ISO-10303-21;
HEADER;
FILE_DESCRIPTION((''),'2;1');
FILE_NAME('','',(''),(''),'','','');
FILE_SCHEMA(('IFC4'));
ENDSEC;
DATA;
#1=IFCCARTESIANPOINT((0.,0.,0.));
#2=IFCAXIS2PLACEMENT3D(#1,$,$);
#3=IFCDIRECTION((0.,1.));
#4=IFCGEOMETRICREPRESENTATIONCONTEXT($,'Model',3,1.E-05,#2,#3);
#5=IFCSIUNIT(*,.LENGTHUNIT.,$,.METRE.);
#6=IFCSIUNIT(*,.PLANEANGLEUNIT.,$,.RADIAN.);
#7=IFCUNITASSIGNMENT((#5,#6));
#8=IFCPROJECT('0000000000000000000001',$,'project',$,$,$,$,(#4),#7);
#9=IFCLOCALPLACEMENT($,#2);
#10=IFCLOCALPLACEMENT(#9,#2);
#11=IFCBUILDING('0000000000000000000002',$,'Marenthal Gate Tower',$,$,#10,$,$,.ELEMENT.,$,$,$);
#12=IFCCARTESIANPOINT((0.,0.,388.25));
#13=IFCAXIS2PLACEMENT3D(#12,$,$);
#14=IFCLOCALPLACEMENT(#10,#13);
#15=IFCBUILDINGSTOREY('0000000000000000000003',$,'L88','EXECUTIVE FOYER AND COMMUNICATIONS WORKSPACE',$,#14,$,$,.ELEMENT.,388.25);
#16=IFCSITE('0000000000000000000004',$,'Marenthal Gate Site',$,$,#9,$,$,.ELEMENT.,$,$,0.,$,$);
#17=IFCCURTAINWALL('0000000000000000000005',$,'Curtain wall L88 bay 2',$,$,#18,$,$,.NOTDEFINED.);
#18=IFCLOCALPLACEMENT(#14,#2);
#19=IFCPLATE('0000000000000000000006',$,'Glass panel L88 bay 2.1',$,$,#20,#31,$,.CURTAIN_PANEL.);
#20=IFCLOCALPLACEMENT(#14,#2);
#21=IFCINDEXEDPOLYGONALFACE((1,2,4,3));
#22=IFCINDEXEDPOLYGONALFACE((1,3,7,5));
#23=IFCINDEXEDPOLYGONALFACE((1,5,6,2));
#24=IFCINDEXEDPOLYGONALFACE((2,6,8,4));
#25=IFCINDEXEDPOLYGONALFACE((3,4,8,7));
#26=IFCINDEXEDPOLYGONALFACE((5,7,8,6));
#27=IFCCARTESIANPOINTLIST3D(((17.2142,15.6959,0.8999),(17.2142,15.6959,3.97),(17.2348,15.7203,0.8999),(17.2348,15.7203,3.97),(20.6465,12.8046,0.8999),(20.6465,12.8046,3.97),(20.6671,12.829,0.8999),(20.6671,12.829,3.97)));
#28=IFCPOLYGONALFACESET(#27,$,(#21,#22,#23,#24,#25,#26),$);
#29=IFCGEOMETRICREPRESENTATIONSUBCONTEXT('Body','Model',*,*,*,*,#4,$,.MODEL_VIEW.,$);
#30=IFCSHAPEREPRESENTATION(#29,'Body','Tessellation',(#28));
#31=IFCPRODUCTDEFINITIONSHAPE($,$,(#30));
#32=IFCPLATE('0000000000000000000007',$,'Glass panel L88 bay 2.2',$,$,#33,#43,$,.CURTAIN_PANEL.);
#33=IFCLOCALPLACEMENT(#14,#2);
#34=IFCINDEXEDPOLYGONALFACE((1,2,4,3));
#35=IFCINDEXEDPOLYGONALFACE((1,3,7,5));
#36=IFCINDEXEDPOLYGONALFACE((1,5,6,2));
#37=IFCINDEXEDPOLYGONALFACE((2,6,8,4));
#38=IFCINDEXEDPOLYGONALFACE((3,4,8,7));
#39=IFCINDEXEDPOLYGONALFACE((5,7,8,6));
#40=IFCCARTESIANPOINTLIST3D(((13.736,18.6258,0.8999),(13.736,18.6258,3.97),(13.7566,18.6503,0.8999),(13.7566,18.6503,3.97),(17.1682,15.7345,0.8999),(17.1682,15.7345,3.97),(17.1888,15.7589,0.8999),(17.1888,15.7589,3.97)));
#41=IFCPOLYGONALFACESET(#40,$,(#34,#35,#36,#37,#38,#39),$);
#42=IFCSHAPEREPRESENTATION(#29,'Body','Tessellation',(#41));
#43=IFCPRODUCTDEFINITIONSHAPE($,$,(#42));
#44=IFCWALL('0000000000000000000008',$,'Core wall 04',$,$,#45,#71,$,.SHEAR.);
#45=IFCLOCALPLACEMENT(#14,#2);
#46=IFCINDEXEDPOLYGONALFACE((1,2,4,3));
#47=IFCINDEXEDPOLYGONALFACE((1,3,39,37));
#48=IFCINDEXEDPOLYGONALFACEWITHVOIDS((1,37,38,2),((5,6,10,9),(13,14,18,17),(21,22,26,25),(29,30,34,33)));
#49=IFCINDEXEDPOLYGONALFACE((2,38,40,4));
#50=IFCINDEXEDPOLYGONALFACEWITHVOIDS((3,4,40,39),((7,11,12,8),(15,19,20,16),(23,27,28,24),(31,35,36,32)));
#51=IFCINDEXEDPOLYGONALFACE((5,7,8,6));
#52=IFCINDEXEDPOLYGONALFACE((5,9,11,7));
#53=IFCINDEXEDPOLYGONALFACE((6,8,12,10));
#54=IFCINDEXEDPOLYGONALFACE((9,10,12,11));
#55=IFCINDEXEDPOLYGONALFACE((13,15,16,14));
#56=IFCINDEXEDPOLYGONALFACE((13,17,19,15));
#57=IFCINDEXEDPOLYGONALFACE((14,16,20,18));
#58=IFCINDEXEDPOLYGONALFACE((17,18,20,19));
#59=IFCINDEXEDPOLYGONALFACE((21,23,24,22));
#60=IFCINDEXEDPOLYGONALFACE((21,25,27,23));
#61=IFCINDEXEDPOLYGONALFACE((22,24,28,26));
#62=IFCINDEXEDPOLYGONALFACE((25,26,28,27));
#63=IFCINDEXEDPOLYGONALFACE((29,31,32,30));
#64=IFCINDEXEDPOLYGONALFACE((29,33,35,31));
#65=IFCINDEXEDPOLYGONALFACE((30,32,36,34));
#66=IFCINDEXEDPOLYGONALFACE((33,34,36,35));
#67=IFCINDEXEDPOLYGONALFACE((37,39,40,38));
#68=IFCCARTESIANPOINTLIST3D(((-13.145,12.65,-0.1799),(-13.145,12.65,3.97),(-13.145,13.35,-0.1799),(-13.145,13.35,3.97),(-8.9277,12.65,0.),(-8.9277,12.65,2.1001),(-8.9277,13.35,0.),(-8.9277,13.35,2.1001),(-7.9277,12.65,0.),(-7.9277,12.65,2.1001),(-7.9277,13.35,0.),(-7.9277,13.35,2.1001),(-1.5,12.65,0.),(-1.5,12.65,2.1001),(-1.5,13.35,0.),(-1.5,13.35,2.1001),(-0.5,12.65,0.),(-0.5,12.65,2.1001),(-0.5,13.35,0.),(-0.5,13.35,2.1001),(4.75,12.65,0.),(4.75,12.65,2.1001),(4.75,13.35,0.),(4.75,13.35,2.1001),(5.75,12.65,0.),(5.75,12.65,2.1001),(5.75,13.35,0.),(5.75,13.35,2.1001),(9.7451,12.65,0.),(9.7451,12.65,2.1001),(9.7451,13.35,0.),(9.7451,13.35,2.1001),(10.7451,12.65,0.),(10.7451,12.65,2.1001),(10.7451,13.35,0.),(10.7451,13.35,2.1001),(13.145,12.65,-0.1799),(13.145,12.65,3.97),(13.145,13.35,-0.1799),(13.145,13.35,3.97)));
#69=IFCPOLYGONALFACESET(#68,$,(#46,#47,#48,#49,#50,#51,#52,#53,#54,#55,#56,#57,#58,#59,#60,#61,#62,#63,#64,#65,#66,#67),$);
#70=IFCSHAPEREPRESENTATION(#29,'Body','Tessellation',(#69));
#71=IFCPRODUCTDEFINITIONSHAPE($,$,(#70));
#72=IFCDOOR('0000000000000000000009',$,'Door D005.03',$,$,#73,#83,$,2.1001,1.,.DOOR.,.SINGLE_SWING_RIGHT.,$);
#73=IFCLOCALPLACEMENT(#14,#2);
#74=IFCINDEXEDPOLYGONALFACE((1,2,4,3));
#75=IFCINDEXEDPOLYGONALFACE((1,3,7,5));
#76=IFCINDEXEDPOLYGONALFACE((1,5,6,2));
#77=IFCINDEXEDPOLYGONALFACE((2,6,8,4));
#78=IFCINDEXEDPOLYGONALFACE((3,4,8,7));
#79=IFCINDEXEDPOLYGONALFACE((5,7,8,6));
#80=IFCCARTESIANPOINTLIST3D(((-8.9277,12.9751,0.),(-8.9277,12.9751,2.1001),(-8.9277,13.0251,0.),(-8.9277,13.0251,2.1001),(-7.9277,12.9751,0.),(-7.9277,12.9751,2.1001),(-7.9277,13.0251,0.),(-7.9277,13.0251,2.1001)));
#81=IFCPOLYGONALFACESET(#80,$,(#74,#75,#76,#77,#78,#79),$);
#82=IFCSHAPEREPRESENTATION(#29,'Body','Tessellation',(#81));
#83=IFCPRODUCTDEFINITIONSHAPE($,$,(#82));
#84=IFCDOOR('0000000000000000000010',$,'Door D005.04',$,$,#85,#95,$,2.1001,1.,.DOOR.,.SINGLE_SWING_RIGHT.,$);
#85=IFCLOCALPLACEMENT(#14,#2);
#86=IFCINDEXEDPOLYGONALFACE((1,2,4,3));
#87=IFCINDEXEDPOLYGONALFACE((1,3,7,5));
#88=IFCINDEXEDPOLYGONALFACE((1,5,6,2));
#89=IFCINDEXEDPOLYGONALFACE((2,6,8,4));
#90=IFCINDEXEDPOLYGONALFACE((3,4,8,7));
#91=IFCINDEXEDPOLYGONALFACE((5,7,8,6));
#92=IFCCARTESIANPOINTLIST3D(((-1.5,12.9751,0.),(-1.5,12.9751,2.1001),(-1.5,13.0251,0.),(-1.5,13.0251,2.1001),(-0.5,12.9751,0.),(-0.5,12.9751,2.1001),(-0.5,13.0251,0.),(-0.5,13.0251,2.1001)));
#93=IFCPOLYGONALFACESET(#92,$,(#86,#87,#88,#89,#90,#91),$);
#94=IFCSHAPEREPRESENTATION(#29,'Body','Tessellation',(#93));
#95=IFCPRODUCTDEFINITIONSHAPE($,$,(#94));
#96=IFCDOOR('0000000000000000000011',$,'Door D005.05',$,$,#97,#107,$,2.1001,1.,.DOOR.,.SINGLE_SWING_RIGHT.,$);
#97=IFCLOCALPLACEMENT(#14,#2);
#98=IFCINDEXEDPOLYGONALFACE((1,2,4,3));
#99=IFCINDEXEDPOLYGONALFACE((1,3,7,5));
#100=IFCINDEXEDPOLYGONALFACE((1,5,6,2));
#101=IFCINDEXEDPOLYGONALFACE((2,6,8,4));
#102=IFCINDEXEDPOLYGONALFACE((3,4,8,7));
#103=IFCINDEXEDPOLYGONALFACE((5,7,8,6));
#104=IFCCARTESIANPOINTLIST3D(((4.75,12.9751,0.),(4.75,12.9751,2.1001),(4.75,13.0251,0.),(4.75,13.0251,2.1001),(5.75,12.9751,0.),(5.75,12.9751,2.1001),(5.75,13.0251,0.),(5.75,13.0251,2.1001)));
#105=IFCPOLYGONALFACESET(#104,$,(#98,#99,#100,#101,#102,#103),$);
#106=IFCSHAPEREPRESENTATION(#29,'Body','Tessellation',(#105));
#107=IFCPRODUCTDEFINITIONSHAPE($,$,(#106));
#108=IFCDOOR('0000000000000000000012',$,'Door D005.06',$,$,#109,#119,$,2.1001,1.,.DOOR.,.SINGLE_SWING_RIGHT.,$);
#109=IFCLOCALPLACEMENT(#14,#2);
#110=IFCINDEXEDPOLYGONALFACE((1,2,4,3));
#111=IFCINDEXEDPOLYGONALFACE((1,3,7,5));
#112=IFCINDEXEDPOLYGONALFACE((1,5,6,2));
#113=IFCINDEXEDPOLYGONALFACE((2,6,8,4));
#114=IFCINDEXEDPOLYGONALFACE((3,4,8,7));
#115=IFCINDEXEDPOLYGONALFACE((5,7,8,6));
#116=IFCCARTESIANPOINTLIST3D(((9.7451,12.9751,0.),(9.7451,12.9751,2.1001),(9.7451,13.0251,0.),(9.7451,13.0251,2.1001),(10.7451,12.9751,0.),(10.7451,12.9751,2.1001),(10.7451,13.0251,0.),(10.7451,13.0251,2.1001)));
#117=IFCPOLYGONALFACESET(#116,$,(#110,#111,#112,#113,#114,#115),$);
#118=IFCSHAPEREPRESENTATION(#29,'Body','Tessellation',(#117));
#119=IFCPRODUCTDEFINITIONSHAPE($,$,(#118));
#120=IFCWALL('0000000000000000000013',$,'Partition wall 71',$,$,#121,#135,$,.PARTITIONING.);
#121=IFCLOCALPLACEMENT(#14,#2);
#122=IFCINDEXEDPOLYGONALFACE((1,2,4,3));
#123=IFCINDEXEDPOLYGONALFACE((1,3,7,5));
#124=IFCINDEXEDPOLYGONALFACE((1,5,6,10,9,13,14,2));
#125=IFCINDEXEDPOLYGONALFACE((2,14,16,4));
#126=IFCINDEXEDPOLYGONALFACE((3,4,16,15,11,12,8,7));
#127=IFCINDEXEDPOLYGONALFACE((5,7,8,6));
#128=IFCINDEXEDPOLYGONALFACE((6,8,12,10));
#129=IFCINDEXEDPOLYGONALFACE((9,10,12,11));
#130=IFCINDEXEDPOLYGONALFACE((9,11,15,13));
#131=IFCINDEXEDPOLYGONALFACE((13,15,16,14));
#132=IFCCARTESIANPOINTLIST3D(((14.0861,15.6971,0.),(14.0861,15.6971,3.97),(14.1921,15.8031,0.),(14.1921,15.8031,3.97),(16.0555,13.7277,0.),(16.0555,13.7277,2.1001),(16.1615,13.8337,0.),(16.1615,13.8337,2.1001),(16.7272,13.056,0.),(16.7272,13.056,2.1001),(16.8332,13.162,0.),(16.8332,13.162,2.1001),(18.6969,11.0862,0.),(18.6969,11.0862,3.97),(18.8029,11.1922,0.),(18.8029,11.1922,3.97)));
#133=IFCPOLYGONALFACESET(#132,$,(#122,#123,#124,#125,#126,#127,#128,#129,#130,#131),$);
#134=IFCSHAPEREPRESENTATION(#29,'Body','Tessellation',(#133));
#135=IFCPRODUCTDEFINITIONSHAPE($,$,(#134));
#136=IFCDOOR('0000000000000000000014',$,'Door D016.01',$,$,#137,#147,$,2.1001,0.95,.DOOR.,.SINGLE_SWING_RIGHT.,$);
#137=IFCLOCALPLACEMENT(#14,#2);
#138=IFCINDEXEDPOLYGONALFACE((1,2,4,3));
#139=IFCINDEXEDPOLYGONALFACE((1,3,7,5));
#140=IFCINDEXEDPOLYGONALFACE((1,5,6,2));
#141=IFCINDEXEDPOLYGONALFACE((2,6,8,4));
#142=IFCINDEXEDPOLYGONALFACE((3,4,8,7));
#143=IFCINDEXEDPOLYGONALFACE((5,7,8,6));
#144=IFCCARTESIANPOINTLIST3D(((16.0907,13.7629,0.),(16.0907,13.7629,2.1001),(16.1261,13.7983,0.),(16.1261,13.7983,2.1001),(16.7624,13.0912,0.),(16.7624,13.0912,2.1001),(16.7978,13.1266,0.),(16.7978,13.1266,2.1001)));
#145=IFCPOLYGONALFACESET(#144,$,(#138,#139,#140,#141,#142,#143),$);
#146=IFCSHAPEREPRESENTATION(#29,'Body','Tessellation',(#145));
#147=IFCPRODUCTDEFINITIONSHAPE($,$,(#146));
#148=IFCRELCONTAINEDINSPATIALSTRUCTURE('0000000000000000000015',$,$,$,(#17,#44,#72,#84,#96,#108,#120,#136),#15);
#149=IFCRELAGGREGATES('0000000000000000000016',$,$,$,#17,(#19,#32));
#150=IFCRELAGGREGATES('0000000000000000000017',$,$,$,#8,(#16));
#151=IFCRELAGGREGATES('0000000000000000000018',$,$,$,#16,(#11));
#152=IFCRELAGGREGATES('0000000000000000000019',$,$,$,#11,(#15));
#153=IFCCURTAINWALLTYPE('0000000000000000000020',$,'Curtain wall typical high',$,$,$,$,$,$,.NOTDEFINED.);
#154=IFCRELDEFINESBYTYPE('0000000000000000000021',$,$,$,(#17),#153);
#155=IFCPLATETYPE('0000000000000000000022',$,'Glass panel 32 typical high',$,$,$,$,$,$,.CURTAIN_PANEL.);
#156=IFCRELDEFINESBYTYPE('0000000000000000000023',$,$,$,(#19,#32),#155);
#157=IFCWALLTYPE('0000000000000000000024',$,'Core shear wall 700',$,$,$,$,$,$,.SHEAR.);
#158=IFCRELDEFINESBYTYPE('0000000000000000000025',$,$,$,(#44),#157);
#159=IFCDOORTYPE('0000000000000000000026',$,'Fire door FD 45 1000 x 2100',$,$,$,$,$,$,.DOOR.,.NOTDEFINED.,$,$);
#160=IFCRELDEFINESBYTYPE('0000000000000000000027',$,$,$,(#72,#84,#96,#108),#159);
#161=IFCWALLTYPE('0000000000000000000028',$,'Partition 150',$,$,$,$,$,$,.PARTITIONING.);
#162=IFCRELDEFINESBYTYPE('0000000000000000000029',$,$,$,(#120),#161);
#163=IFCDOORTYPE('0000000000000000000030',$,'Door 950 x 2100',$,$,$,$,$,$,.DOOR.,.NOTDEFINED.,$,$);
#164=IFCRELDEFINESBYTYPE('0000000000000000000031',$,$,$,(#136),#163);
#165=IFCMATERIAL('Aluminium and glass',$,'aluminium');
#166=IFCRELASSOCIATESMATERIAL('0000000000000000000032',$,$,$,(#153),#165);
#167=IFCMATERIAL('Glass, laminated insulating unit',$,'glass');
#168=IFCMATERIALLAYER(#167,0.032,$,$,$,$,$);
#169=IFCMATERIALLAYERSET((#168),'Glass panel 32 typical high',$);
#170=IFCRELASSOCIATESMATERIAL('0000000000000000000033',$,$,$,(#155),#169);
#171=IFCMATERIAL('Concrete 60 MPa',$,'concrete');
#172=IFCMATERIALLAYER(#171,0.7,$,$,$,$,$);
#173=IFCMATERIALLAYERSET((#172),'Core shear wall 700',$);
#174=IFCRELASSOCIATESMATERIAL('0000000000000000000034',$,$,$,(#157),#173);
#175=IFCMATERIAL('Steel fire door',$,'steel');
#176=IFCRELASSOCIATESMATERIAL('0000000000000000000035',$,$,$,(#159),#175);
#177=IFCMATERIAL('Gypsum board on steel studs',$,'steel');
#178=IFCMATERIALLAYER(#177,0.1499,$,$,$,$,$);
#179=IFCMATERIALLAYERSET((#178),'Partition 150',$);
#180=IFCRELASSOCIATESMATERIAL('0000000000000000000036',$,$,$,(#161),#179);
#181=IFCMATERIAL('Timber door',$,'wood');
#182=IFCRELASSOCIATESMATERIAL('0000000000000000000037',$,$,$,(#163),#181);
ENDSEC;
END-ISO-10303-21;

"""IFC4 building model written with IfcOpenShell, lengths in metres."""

from ifc_helpers import new_model, si_unit, direction, frame, frame_2d, origin, origin_2d, place, context, subcontext, project, spatial, rectangle, extrude, material, layer, layer_set, type_object, element, fill, aggregate, save


model = new_model("IFC4")

# Units and contexts
model_context = context("Model", 3, precision=1e-05, world=origin(), true_north=direction((0.0, 1.0)))
body_context = subcontext(model_context, "Body", "Model", "MODEL_VIEW")
ifc_project = project(units=[si_unit("LENGTHUNIT", "METRE"), si_unit("PLANEANGLEUNIT", "RADIAN")], contexts=[model_context])

# Site, building, storey
site_placement = place(None, origin())
site = spatial("IfcSite", under=ifc_project, at=site_placement, Name="Marenthal Gate Site", CompositionType="ELEMENT", RefElevation=0.0)
building_placement = place(site_placement, origin())
building = spatial("IfcBuilding", under=site, at=building_placement, Name="Marenthal Gate Tower", CompositionType="ELEMENT")
storey_placement = place(building_placement, frame((0.0, 0.0, 388.25)))
storey = spatial("IfcBuildingStorey", under=building, at=storey_placement, Name="L88", Description="EXECUTIVE FOYER AND COMMUNICATIONS WORKSPACE", CompositionType="ELEMENT", Elevation=388.25)

# Curtain wall
ifc_material_1 = material(Name="Aluminium and glass", Category="aluminium")
curtain_wall_type = type_object("IfcCurtainWallType", Name="Curtain wall typical high", PredefinedType="NOTDEFINED", material=ifc_material_1)
curtain_wall_placement = place(storey_placement, origin())
curtain_wall = element("IfcCurtainWall", 1, at=curtain_wall_placement, inside=storey, type_object=curtain_wall_type, Name="Curtain wall L88 bay 2", PredefinedType="NOTDEFINED")

# Plates
ifc_material_2 = material(Name="Glass, laminated insulating unit", Category="glass")
ifc_layer_1 = layer(ifc_material_2, 0.032)
ifc_layer_set_1 = layer_set([ifc_layer_1], Name="Glass panel 32 typical high")
plate_type = type_object("IfcPlateType", Name="Glass panel 32 typical high", PredefinedType="CURTAIN_PANEL", material=ifc_layer_set_1)
plate_1_placement = place(storey_placement, frame((18.9407, 14.2625, 0.8999), z_axis=(0.0, 0.0, 1.0), x_axis=(-0.764802, 0.644265, 0.0)))
plate_1 = element("IfcPlate", 2, at=plate_1_placement, type_object=plate_type, Name="Glass panel L88 bay 2.1", PredefinedType="CURTAIN_PANEL", context=body_context, shape_type="SweptSolid", body=[
    extrude(rectangle(XDim=4.4878, YDim=0.032, at=origin_2d()), origin(), (0.0, 0.0, 1.0), 3.0701),
])
plate_2_placement = place(storey_placement, frame((15.4624, 17.1924, 0.8999), z_axis=(0.0, 0.0, 1.0), x_axis=(-0.764802, 0.644265, 0.0)))
plate_2 = element("IfcPlate", 3, at=plate_2_placement, type_object=plate_type, Name="Glass panel L88 bay 2.2", PredefinedType="CURTAIN_PANEL", context=body_context, shape_type="SweptSolid", body=[
    extrude(rectangle(XDim=4.4878, YDim=0.032, at=origin_2d()), origin(), (0.0, 0.0, 1.0), 3.0701),
])
aggregate(curtain_wall, [plate_1, plate_2])

# Wall, openings, doors
ifc_material_3 = material(Name="Concrete 60 MPa", Category="concrete")
ifc_layer_2 = layer(ifc_material_3, 0.7)
ifc_layer_set_2 = layer_set([ifc_layer_2], Name="Core shear wall 700")
wall_type_1 = type_object("IfcWallType", Name="Core shear wall 700", PredefinedType="SHEAR", material=ifc_layer_set_2)
wall_1_placement = place(storey_placement, frame((13.145, 13.0, -0.1799), z_axis=(0.0, 0.0, 1.0), x_axis=(-1.0, 0.0, 0.0)))
wall_1 = element("IfcWall", 4, at=wall_1_placement, inside=storey, type_object=wall_type_1, Name="Core wall 04", PredefinedType="SHEAR", context=body_context, shape_type="SweptSolid", body=[
    extrude(rectangle(XDim=26.29, YDim=0.7, at=frame_2d((13.145, 0.0))), origin(), (0.0, 0.0, 1.0), 4.1499),
])
opening_1_placement = place(wall_1_placement, frame((21.0728, 0.0, 0.1799)))
opening_1 = element("IfcOpeningElement", 5, at=opening_1_placement, cuts=wall_1, PredefinedType="OPENING", context=body_context, shape_type="SweptSolid", body=[
    extrude(rectangle(XDim=1.0, YDim=2.1001, at=frame_2d((0.5, 1.05))), frame((0.0, 0.3599, 0.0), z_axis=(0.0, -1.0, 0.0), x_axis=(1.0, 0.0, 0.0)), (0.0, 0.0, 1.0), 0.72),
])
opening_2_placement = place(wall_1_placement, frame((13.645, 0.0, 0.1799)))
opening_2 = element("IfcOpeningElement", 6, at=opening_2_placement, cuts=wall_1, PredefinedType="OPENING", context=body_context, shape_type="SweptSolid", body=[
    extrude(rectangle(XDim=1.0, YDim=2.1001, at=frame_2d((0.5, 1.05))), frame((0.0, 0.3599, 0.0), z_axis=(0.0, -1.0, 0.0), x_axis=(1.0, 0.0, 0.0)), (0.0, 0.0, 1.0), 0.72),
])
opening_3_placement = place(wall_1_placement, frame((7.395, 0.0, 0.1799)))
opening_3 = element("IfcOpeningElement", 7, at=opening_3_placement, cuts=wall_1, PredefinedType="OPENING", context=body_context, shape_type="SweptSolid", body=[
    extrude(rectangle(XDim=1.0, YDim=2.1001, at=frame_2d((0.5, 1.05))), frame((0.0, 0.3599, 0.0), z_axis=(0.0, -1.0, 0.0), x_axis=(1.0, 0.0, 0.0)), (0.0, 0.0, 1.0), 0.72),
])
opening_4_placement = place(wall_1_placement, frame((2.3999, 0.0, 0.1799)))
opening_4 = element("IfcOpeningElement", 8, at=opening_4_placement, cuts=wall_1, PredefinedType="OPENING", context=body_context, shape_type="SweptSolid", body=[
    extrude(rectangle(XDim=1.0, YDim=2.1001, at=frame_2d((0.5, 1.05))), frame((0.0, 0.3599, 0.0), z_axis=(0.0, -1.0, 0.0), x_axis=(1.0, 0.0, 0.0)), (0.0, 0.0, 1.0), 0.72),
])
ifc_material_4 = material(Name="Steel fire door", Category="steel")
door_type_1 = type_object("IfcDoorType", Name="Fire door FD 45 1000 x 2100", OperationType="NOTDEFINED", PredefinedType="DOOR", material=ifc_material_4)
door_1_placement = place(opening_1_placement, origin())
door_1 = element("IfcDoor", 9, at=door_1_placement, inside=storey, type_object=door_type_1, Name="Door D005.03", OperationType="SINGLE_SWING_RIGHT", OverallHeight=2.1001, OverallWidth=1.0, PredefinedType="DOOR", context=body_context, shape_type="SweptSolid", body=[
    extrude(rectangle(XDim=1.0, YDim=2.1001, at=frame_2d((0.5, 1.05))), frame((0.0, 0.0249, 0.0), z_axis=(0.0, -1.0, 0.0), x_axis=(1.0, 0.0, 0.0)), (0.0, 0.0, 1.0), 0.05),
])
fill(opening_1, door_1)
door_2_placement = place(opening_2_placement, origin())
door_2 = element("IfcDoor", 10, at=door_2_placement, inside=storey, type_object=door_type_1, Name="Door D005.04", OperationType="SINGLE_SWING_RIGHT", OverallHeight=2.1001, OverallWidth=1.0, PredefinedType="DOOR", context=body_context, shape_type="SweptSolid", body=[
    extrude(rectangle(XDim=1.0, YDim=2.1001, at=frame_2d((0.5, 1.05))), frame((0.0, 0.0249, 0.0), z_axis=(0.0, -1.0, 0.0), x_axis=(1.0, 0.0, 0.0)), (0.0, 0.0, 1.0), 0.05),
])
fill(opening_2, door_2)
door_3_placement = place(opening_3_placement, origin())
door_3 = element("IfcDoor", 11, at=door_3_placement, inside=storey, type_object=door_type_1, Name="Door D005.05", OperationType="SINGLE_SWING_RIGHT", OverallHeight=2.1001, OverallWidth=1.0, PredefinedType="DOOR", context=body_context, shape_type="SweptSolid", body=[
    extrude(rectangle(XDim=1.0, YDim=2.1001, at=frame_2d((0.5, 1.05))), frame((0.0, 0.0249, 0.0), z_axis=(0.0, -1.0, 0.0), x_axis=(1.0, 0.0, 0.0)), (0.0, 0.0, 1.0), 0.05),
])
fill(opening_3, door_3)
door_4_placement = place(opening_4_placement, origin())
door_4 = element("IfcDoor", 12, at=door_4_placement, inside=storey, type_object=door_type_1, Name="Door D005.06", OperationType="SINGLE_SWING_RIGHT", OverallHeight=2.1001, OverallWidth=1.0, PredefinedType="DOOR", context=body_context, shape_type="SweptSolid", body=[
    extrude(rectangle(XDim=1.0, YDim=2.1001, at=frame_2d((0.5, 1.05))), frame((0.0, 0.0249, 0.0), z_axis=(0.0, -1.0, 0.0), x_axis=(1.0, 0.0, 0.0)), (0.0, 0.0, 1.0), 0.05),
])
fill(opening_4, door_4)

# Wall, opening, door
ifc_material_5 = material(Name="Gypsum board on steel studs", Category="steel")
ifc_layer_3 = layer(ifc_material_5, 0.1499)
ifc_layer_set_3 = layer_set([ifc_layer_3], Name="Partition 150")
wall_type_2 = type_object("IfcWallType", Name="Partition 150", PredefinedType="PARTITIONING", material=ifc_layer_set_3)
wall_2_placement = place(storey_placement, frame((14.1392, 15.75, 0.0), z_axis=(0.0, 0.0, 1.0), x_axis=(0.707107, -0.707107, 0.0)))
wall_2 = element("IfcWall", 13, at=wall_2_placement, inside=storey, type_object=wall_type_2, Name="Partition wall 71", PredefinedType="PARTITIONING", context=body_context, shape_type="SweptSolid", body=[
    extrude(rectangle(XDim=6.5208, YDim=0.1499, at=frame_2d((3.2603, 0.0))), origin(), (0.0, 0.0, 1.0), 3.97),
])
opening_5_placement = place(wall_2_placement, frame((2.7849, 0.0, 0.0)))
opening_5 = element("IfcOpeningElement", 14, at=opening_5_placement, cuts=wall_2, PredefinedType="OPENING", context=body_context, shape_type="SweptSolid", body=[
    extrude(rectangle(XDim=0.95, YDim=2.1001, at=frame_2d((0.4751, 1.05))), frame((0.0, 0.085, 0.0), z_axis=(0.0, -1.0, 0.0), x_axis=(1.0, 0.0, 0.0)), (0.0, 0.0, 1.0), 0.1699),
])
ifc_material_6 = material(Name="Timber door", Category="wood")
door_type_2 = type_object("IfcDoorType", Name="Door 950 x 2100", OperationType="NOTDEFINED", PredefinedType="DOOR", material=ifc_material_6)
door_5_placement = place(opening_5_placement, origin())
door_5 = element("IfcDoor", 15, at=door_5_placement, inside=storey, type_object=door_type_2, Name="Door D016.01", OperationType="SINGLE_SWING_RIGHT", OverallHeight=2.1001, OverallWidth=0.95, PredefinedType="DOOR", context=body_context, shape_type="SweptSolid", body=[
    extrude(rectangle(XDim=0.95, YDim=2.1001, at=frame_2d((0.4751, 1.05))), frame((0.0, 0.0249, 0.0), z_axis=(0.0, -1.0, 0.0), x_axis=(1.0, 0.0, 0.0)), (0.0, 0.0, 1.0), 0.05),
])
fill(opening_5, door_5)

save(model, "model.ifc")
